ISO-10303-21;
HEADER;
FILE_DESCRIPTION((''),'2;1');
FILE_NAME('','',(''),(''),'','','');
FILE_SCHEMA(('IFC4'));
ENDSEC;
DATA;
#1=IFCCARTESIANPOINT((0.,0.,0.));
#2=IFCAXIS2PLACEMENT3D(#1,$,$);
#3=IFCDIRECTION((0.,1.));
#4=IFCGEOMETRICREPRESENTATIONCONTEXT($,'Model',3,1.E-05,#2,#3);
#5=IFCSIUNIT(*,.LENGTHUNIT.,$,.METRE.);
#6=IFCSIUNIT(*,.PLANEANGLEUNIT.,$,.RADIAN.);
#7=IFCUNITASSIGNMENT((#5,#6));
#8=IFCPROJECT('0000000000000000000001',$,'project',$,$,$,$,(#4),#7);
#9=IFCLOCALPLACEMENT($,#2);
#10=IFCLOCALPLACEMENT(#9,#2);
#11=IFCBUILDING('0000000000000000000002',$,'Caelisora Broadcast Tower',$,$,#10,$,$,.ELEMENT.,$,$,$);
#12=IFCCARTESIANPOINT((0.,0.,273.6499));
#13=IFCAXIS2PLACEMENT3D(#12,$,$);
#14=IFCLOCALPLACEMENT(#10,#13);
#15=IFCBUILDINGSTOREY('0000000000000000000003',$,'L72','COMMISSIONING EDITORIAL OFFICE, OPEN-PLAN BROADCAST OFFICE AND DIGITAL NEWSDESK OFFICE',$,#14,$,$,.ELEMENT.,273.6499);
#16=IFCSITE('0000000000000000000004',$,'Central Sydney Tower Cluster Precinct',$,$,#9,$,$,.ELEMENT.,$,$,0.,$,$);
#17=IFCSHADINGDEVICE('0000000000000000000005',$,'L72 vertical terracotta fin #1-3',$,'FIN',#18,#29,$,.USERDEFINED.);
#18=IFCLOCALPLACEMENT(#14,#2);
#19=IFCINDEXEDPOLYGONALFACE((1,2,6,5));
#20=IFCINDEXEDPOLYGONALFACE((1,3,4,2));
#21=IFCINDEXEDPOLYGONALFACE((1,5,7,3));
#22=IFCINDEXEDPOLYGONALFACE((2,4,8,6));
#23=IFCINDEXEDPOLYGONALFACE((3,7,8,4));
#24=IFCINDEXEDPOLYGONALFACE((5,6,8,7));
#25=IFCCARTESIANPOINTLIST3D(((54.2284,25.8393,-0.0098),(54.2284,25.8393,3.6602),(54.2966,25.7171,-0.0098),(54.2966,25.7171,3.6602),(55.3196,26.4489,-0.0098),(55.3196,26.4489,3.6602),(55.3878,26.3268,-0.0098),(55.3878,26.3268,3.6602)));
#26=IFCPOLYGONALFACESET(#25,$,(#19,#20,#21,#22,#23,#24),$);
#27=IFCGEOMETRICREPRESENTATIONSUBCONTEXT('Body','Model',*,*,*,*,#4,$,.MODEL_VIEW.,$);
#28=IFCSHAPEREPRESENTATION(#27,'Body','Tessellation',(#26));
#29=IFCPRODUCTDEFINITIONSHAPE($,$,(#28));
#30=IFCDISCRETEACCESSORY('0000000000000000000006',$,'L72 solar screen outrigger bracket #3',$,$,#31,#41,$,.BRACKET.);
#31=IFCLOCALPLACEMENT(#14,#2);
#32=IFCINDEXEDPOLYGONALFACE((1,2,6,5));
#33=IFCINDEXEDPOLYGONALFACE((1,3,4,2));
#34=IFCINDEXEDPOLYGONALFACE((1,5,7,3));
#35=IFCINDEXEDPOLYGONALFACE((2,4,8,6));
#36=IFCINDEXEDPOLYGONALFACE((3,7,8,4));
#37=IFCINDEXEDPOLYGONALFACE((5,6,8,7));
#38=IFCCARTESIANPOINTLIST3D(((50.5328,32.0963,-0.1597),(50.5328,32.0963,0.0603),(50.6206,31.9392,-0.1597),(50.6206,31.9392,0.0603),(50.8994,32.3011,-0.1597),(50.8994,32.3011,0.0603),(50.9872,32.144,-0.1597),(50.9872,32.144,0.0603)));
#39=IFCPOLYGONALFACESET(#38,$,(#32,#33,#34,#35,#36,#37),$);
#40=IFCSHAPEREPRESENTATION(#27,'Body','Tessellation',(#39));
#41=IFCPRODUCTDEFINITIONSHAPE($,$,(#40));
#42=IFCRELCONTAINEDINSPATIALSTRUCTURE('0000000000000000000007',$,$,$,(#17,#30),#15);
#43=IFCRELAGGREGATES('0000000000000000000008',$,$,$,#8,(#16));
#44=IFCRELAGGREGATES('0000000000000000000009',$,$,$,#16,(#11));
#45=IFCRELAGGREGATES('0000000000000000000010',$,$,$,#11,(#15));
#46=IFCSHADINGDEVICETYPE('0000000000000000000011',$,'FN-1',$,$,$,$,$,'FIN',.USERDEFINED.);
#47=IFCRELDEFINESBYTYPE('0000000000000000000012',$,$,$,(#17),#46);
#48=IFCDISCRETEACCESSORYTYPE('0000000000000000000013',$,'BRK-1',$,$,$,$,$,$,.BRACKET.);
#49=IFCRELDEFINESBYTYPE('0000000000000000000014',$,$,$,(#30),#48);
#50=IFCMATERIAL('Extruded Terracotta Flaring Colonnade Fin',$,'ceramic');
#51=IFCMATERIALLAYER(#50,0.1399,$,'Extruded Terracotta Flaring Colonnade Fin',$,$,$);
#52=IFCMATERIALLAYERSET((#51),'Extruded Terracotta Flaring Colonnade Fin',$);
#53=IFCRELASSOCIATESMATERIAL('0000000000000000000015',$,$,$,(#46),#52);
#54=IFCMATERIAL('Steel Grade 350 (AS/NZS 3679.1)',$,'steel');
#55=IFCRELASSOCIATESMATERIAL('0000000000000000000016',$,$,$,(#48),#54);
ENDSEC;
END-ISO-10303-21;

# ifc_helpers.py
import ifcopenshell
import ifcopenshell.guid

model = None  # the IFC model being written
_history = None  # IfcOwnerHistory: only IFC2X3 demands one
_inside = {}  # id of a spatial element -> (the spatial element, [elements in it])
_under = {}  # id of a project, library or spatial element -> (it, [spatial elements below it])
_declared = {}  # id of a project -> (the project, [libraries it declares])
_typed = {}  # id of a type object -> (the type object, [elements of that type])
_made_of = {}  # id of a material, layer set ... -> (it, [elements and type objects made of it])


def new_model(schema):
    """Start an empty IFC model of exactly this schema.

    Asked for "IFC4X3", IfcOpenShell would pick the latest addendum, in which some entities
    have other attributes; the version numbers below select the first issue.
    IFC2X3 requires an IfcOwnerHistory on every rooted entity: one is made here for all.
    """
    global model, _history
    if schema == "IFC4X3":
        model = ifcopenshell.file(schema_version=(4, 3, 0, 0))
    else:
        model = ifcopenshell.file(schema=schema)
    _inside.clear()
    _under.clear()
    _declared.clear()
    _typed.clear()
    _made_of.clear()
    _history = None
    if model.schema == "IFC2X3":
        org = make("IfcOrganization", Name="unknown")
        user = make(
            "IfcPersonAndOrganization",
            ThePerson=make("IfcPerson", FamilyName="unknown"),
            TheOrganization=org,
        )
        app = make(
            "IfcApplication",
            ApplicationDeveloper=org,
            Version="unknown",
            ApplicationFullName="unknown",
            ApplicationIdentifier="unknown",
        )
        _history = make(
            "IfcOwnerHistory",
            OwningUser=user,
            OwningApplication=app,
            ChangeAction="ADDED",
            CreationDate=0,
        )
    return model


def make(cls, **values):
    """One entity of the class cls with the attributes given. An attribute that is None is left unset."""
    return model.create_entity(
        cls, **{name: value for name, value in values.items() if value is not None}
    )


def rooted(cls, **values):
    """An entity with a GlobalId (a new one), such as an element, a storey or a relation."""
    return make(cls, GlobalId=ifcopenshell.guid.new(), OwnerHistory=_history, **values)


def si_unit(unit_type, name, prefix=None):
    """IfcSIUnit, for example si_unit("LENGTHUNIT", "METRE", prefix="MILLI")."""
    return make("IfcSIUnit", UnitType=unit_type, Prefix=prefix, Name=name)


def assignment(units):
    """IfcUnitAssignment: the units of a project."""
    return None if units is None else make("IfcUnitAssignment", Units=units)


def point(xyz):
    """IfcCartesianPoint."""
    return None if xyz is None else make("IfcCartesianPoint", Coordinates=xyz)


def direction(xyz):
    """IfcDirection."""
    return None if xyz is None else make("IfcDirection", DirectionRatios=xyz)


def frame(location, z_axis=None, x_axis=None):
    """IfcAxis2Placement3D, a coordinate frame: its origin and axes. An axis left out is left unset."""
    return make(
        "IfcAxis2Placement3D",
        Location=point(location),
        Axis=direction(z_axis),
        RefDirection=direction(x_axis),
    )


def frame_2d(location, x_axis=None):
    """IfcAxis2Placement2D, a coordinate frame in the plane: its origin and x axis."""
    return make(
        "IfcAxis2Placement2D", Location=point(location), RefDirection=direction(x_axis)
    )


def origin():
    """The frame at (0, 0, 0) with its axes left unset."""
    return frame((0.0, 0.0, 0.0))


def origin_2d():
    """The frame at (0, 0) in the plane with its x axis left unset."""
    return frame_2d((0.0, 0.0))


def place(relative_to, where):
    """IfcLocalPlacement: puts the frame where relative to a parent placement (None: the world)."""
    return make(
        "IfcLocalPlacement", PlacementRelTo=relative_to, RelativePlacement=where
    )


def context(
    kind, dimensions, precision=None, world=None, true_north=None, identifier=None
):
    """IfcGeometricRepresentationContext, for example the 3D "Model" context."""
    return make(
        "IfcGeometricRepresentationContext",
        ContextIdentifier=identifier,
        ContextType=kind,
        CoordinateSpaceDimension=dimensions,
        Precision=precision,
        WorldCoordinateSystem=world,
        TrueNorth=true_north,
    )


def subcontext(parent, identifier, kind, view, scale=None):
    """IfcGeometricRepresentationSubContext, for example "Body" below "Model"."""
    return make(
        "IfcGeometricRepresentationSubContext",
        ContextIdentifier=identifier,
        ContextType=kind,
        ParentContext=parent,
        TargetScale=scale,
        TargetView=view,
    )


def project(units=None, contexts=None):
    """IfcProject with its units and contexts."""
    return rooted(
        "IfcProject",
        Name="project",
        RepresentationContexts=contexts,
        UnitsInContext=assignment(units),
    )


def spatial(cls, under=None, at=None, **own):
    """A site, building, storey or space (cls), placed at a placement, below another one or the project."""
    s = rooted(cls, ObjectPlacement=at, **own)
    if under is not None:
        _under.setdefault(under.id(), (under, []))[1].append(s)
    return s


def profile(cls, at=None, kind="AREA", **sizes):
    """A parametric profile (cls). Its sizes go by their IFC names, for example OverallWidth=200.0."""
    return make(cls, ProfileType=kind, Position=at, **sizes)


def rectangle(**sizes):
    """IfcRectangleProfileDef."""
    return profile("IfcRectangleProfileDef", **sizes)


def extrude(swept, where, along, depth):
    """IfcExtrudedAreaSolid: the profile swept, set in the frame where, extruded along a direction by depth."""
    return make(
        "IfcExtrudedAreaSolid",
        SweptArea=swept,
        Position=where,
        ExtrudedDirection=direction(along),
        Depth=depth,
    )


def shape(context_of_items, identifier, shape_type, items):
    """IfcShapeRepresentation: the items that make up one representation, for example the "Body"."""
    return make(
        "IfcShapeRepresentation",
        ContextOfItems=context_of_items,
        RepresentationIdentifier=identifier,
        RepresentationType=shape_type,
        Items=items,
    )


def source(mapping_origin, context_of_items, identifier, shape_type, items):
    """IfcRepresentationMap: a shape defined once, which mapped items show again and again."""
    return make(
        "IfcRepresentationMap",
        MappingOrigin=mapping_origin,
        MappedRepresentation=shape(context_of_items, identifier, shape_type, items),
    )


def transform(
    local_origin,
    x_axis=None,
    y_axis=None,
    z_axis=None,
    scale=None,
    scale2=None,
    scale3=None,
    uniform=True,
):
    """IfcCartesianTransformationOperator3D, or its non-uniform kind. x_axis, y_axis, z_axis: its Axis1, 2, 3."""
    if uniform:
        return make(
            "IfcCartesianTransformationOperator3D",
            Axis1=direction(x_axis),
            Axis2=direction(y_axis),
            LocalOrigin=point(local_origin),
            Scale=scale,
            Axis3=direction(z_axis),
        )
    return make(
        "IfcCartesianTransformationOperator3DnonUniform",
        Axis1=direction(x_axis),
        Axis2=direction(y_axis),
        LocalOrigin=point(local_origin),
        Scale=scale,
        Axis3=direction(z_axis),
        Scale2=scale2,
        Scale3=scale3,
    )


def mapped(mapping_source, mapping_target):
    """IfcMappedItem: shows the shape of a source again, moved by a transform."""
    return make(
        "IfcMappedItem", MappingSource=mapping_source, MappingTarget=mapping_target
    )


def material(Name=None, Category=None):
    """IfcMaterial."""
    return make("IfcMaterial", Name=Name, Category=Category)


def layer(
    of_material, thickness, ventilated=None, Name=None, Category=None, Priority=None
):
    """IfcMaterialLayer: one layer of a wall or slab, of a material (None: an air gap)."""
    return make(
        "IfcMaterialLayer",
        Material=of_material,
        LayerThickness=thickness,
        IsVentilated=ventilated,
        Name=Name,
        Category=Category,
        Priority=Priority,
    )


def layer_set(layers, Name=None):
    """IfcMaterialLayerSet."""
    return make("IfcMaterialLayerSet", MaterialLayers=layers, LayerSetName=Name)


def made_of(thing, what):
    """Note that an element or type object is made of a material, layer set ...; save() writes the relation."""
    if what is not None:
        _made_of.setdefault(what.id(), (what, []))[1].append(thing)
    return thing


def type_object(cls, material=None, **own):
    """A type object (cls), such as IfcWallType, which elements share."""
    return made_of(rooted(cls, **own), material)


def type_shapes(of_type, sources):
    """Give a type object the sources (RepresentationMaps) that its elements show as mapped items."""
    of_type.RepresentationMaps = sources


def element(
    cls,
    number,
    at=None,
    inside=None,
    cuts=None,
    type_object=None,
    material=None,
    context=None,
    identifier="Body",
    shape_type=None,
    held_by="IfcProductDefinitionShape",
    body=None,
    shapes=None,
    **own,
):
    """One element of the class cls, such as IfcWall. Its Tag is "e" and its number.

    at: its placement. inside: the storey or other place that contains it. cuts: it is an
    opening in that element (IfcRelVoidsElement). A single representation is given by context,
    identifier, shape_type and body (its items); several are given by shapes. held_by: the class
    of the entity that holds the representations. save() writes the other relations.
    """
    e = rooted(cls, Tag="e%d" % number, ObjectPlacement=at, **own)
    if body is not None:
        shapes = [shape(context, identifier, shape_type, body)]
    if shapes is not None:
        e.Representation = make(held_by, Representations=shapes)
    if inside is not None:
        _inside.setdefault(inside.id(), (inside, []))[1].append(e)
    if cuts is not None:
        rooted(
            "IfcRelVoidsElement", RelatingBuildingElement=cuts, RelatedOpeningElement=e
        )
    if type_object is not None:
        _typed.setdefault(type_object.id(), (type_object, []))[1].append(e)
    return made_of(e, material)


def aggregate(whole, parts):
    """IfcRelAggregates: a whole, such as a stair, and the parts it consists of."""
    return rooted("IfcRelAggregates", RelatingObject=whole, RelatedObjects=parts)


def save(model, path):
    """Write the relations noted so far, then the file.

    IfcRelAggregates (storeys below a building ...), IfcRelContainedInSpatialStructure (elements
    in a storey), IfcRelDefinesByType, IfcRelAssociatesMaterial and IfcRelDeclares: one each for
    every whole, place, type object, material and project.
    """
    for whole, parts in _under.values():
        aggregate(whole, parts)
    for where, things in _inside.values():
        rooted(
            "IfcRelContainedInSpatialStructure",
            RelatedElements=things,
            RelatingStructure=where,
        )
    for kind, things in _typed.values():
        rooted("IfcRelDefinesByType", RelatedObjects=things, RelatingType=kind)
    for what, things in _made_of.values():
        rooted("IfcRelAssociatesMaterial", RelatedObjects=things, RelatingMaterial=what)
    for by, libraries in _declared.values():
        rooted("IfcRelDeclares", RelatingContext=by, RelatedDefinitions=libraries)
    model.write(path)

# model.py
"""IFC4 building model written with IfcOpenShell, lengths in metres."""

from ifc_helpers import new_model, si_unit, direction, frame, origin, origin_2d, place, context, subcontext, project, spatial, rectangle, extrude, source, transform, mapped, material, layer, layer_set, type_object, type_shapes, element, save


model = new_model("IFC4")

# Units and contexts
model_context = context("Model", 3, precision=1e-05, world=origin(), true_north=direction((0.0, 1.0)))
body_context = subcontext(model_context, "Body", "Model", "MODEL_VIEW")
ifc_project = project(units=[si_unit("LENGTHUNIT", "METRE"), si_unit("PLANEANGLEUNIT", "RADIAN")], contexts=[model_context])

# Site, building, storey
site_placement = place(None, origin())
site = spatial("IfcSite", under=ifc_project, at=site_placement, Name="Central Sydney Tower Cluster Precinct", CompositionType="ELEMENT", RefElevation=0.0)
building_placement = place(site_placement, origin())
building = spatial("IfcBuilding", under=site, at=building_placement, Name="Caelisora Broadcast Tower", CompositionType="ELEMENT")
storey_placement = place(building_placement, frame((0.0, 0.0, 273.6499)))
storey = spatial("IfcBuildingStorey", under=building, at=storey_placement, Name="L72", Description="COMMISSIONING EDITORIAL OFFICE, OPEN-PLAN BROADCAST OFFICE AND DIGITAL NEWSDESK OFFICE", CompositionType="ELEMENT", Elevation=273.6499)

# Shared definitions
ifc_material_1 = material(Name="Steel Grade 350 (AS/NZS 3679.1)", Category="steel")

# Shading device
ifc_material_2 = material(Name="Extruded Terracotta Flaring Colonnade Fin", Category="ceramic")
ifc_layer_1 = layer(ifc_material_2, 0.1399, Name="Extruded Terracotta Flaring Colonnade Fin")
ifc_layer_set_1 = layer_set([ifc_layer_1], Name="Extruded Terracotta Flaring Colonnade Fin")
shading_device_type = type_object("IfcShadingDeviceType", Name="FN-1", ElementType="FIN", PredefinedType="USERDEFINED", material=ifc_layer_set_1)
shared_shape_1 = source(origin(), body_context, "Body", "SweptSolid", [
    extrude(rectangle(XDim=0.1399, YDim=1.25, at=origin_2d()), origin(), (0.0, 0.0, 1.0), 3.6699),
])
type_shapes(shading_device_type, [shared_shape_1])
shading_device_placement = place(storey_placement, frame((54.8081, 26.083, -0.0098), z_axis=(0.0, 0.0, 1.0), x_axis=(0.487707, -0.873007, 0.0)))
element("IfcShadingDevice", 1, at=shading_device_placement, inside=storey, type_object=shading_device_type, Name="L72 vertical terracotta fin #1-3", ObjectType="FIN", PredefinedType="USERDEFINED", context=body_context, shape_type="MappedRepresentation", body=[
    mapped(shared_shape_1, transform((0.0, 0.0, 0.0), scale=1.0)),
])

# Discrete accessory
discrete_accessory_type = type_object("IfcDiscreteAccessoryType", Name="BRK-1", PredefinedType="BRACKET", material=ifc_material_1)
shared_shape_2 = source(origin(), body_context, "Body", "SweptSolid", [
    extrude(rectangle(XDim=0.1799, YDim=0.4199, at=origin_2d()), origin(), (0.0, 0.0, 1.0), 0.22),
])
type_shapes(discrete_accessory_type, [shared_shape_2])
discrete_accessory_placement = place(storey_placement, frame((50.76, 32.1201, -0.1597), z_axis=(0.0, 0.0, 1.0), x_axis=(-0.487707, 0.873007, 0.0)))
element("IfcDiscreteAccessory", 2, at=discrete_accessory_placement, inside=storey, type_object=discrete_accessory_type, Name="L72 solar screen outrigger bracket #3", PredefinedType="BRACKET", context=body_context, shape_type="MappedRepresentation", body=[
    mapped(shared_shape_2, transform((0.0, 0.0, 0.0), scale=1.0)),
])

save(model, "model.ifc")
